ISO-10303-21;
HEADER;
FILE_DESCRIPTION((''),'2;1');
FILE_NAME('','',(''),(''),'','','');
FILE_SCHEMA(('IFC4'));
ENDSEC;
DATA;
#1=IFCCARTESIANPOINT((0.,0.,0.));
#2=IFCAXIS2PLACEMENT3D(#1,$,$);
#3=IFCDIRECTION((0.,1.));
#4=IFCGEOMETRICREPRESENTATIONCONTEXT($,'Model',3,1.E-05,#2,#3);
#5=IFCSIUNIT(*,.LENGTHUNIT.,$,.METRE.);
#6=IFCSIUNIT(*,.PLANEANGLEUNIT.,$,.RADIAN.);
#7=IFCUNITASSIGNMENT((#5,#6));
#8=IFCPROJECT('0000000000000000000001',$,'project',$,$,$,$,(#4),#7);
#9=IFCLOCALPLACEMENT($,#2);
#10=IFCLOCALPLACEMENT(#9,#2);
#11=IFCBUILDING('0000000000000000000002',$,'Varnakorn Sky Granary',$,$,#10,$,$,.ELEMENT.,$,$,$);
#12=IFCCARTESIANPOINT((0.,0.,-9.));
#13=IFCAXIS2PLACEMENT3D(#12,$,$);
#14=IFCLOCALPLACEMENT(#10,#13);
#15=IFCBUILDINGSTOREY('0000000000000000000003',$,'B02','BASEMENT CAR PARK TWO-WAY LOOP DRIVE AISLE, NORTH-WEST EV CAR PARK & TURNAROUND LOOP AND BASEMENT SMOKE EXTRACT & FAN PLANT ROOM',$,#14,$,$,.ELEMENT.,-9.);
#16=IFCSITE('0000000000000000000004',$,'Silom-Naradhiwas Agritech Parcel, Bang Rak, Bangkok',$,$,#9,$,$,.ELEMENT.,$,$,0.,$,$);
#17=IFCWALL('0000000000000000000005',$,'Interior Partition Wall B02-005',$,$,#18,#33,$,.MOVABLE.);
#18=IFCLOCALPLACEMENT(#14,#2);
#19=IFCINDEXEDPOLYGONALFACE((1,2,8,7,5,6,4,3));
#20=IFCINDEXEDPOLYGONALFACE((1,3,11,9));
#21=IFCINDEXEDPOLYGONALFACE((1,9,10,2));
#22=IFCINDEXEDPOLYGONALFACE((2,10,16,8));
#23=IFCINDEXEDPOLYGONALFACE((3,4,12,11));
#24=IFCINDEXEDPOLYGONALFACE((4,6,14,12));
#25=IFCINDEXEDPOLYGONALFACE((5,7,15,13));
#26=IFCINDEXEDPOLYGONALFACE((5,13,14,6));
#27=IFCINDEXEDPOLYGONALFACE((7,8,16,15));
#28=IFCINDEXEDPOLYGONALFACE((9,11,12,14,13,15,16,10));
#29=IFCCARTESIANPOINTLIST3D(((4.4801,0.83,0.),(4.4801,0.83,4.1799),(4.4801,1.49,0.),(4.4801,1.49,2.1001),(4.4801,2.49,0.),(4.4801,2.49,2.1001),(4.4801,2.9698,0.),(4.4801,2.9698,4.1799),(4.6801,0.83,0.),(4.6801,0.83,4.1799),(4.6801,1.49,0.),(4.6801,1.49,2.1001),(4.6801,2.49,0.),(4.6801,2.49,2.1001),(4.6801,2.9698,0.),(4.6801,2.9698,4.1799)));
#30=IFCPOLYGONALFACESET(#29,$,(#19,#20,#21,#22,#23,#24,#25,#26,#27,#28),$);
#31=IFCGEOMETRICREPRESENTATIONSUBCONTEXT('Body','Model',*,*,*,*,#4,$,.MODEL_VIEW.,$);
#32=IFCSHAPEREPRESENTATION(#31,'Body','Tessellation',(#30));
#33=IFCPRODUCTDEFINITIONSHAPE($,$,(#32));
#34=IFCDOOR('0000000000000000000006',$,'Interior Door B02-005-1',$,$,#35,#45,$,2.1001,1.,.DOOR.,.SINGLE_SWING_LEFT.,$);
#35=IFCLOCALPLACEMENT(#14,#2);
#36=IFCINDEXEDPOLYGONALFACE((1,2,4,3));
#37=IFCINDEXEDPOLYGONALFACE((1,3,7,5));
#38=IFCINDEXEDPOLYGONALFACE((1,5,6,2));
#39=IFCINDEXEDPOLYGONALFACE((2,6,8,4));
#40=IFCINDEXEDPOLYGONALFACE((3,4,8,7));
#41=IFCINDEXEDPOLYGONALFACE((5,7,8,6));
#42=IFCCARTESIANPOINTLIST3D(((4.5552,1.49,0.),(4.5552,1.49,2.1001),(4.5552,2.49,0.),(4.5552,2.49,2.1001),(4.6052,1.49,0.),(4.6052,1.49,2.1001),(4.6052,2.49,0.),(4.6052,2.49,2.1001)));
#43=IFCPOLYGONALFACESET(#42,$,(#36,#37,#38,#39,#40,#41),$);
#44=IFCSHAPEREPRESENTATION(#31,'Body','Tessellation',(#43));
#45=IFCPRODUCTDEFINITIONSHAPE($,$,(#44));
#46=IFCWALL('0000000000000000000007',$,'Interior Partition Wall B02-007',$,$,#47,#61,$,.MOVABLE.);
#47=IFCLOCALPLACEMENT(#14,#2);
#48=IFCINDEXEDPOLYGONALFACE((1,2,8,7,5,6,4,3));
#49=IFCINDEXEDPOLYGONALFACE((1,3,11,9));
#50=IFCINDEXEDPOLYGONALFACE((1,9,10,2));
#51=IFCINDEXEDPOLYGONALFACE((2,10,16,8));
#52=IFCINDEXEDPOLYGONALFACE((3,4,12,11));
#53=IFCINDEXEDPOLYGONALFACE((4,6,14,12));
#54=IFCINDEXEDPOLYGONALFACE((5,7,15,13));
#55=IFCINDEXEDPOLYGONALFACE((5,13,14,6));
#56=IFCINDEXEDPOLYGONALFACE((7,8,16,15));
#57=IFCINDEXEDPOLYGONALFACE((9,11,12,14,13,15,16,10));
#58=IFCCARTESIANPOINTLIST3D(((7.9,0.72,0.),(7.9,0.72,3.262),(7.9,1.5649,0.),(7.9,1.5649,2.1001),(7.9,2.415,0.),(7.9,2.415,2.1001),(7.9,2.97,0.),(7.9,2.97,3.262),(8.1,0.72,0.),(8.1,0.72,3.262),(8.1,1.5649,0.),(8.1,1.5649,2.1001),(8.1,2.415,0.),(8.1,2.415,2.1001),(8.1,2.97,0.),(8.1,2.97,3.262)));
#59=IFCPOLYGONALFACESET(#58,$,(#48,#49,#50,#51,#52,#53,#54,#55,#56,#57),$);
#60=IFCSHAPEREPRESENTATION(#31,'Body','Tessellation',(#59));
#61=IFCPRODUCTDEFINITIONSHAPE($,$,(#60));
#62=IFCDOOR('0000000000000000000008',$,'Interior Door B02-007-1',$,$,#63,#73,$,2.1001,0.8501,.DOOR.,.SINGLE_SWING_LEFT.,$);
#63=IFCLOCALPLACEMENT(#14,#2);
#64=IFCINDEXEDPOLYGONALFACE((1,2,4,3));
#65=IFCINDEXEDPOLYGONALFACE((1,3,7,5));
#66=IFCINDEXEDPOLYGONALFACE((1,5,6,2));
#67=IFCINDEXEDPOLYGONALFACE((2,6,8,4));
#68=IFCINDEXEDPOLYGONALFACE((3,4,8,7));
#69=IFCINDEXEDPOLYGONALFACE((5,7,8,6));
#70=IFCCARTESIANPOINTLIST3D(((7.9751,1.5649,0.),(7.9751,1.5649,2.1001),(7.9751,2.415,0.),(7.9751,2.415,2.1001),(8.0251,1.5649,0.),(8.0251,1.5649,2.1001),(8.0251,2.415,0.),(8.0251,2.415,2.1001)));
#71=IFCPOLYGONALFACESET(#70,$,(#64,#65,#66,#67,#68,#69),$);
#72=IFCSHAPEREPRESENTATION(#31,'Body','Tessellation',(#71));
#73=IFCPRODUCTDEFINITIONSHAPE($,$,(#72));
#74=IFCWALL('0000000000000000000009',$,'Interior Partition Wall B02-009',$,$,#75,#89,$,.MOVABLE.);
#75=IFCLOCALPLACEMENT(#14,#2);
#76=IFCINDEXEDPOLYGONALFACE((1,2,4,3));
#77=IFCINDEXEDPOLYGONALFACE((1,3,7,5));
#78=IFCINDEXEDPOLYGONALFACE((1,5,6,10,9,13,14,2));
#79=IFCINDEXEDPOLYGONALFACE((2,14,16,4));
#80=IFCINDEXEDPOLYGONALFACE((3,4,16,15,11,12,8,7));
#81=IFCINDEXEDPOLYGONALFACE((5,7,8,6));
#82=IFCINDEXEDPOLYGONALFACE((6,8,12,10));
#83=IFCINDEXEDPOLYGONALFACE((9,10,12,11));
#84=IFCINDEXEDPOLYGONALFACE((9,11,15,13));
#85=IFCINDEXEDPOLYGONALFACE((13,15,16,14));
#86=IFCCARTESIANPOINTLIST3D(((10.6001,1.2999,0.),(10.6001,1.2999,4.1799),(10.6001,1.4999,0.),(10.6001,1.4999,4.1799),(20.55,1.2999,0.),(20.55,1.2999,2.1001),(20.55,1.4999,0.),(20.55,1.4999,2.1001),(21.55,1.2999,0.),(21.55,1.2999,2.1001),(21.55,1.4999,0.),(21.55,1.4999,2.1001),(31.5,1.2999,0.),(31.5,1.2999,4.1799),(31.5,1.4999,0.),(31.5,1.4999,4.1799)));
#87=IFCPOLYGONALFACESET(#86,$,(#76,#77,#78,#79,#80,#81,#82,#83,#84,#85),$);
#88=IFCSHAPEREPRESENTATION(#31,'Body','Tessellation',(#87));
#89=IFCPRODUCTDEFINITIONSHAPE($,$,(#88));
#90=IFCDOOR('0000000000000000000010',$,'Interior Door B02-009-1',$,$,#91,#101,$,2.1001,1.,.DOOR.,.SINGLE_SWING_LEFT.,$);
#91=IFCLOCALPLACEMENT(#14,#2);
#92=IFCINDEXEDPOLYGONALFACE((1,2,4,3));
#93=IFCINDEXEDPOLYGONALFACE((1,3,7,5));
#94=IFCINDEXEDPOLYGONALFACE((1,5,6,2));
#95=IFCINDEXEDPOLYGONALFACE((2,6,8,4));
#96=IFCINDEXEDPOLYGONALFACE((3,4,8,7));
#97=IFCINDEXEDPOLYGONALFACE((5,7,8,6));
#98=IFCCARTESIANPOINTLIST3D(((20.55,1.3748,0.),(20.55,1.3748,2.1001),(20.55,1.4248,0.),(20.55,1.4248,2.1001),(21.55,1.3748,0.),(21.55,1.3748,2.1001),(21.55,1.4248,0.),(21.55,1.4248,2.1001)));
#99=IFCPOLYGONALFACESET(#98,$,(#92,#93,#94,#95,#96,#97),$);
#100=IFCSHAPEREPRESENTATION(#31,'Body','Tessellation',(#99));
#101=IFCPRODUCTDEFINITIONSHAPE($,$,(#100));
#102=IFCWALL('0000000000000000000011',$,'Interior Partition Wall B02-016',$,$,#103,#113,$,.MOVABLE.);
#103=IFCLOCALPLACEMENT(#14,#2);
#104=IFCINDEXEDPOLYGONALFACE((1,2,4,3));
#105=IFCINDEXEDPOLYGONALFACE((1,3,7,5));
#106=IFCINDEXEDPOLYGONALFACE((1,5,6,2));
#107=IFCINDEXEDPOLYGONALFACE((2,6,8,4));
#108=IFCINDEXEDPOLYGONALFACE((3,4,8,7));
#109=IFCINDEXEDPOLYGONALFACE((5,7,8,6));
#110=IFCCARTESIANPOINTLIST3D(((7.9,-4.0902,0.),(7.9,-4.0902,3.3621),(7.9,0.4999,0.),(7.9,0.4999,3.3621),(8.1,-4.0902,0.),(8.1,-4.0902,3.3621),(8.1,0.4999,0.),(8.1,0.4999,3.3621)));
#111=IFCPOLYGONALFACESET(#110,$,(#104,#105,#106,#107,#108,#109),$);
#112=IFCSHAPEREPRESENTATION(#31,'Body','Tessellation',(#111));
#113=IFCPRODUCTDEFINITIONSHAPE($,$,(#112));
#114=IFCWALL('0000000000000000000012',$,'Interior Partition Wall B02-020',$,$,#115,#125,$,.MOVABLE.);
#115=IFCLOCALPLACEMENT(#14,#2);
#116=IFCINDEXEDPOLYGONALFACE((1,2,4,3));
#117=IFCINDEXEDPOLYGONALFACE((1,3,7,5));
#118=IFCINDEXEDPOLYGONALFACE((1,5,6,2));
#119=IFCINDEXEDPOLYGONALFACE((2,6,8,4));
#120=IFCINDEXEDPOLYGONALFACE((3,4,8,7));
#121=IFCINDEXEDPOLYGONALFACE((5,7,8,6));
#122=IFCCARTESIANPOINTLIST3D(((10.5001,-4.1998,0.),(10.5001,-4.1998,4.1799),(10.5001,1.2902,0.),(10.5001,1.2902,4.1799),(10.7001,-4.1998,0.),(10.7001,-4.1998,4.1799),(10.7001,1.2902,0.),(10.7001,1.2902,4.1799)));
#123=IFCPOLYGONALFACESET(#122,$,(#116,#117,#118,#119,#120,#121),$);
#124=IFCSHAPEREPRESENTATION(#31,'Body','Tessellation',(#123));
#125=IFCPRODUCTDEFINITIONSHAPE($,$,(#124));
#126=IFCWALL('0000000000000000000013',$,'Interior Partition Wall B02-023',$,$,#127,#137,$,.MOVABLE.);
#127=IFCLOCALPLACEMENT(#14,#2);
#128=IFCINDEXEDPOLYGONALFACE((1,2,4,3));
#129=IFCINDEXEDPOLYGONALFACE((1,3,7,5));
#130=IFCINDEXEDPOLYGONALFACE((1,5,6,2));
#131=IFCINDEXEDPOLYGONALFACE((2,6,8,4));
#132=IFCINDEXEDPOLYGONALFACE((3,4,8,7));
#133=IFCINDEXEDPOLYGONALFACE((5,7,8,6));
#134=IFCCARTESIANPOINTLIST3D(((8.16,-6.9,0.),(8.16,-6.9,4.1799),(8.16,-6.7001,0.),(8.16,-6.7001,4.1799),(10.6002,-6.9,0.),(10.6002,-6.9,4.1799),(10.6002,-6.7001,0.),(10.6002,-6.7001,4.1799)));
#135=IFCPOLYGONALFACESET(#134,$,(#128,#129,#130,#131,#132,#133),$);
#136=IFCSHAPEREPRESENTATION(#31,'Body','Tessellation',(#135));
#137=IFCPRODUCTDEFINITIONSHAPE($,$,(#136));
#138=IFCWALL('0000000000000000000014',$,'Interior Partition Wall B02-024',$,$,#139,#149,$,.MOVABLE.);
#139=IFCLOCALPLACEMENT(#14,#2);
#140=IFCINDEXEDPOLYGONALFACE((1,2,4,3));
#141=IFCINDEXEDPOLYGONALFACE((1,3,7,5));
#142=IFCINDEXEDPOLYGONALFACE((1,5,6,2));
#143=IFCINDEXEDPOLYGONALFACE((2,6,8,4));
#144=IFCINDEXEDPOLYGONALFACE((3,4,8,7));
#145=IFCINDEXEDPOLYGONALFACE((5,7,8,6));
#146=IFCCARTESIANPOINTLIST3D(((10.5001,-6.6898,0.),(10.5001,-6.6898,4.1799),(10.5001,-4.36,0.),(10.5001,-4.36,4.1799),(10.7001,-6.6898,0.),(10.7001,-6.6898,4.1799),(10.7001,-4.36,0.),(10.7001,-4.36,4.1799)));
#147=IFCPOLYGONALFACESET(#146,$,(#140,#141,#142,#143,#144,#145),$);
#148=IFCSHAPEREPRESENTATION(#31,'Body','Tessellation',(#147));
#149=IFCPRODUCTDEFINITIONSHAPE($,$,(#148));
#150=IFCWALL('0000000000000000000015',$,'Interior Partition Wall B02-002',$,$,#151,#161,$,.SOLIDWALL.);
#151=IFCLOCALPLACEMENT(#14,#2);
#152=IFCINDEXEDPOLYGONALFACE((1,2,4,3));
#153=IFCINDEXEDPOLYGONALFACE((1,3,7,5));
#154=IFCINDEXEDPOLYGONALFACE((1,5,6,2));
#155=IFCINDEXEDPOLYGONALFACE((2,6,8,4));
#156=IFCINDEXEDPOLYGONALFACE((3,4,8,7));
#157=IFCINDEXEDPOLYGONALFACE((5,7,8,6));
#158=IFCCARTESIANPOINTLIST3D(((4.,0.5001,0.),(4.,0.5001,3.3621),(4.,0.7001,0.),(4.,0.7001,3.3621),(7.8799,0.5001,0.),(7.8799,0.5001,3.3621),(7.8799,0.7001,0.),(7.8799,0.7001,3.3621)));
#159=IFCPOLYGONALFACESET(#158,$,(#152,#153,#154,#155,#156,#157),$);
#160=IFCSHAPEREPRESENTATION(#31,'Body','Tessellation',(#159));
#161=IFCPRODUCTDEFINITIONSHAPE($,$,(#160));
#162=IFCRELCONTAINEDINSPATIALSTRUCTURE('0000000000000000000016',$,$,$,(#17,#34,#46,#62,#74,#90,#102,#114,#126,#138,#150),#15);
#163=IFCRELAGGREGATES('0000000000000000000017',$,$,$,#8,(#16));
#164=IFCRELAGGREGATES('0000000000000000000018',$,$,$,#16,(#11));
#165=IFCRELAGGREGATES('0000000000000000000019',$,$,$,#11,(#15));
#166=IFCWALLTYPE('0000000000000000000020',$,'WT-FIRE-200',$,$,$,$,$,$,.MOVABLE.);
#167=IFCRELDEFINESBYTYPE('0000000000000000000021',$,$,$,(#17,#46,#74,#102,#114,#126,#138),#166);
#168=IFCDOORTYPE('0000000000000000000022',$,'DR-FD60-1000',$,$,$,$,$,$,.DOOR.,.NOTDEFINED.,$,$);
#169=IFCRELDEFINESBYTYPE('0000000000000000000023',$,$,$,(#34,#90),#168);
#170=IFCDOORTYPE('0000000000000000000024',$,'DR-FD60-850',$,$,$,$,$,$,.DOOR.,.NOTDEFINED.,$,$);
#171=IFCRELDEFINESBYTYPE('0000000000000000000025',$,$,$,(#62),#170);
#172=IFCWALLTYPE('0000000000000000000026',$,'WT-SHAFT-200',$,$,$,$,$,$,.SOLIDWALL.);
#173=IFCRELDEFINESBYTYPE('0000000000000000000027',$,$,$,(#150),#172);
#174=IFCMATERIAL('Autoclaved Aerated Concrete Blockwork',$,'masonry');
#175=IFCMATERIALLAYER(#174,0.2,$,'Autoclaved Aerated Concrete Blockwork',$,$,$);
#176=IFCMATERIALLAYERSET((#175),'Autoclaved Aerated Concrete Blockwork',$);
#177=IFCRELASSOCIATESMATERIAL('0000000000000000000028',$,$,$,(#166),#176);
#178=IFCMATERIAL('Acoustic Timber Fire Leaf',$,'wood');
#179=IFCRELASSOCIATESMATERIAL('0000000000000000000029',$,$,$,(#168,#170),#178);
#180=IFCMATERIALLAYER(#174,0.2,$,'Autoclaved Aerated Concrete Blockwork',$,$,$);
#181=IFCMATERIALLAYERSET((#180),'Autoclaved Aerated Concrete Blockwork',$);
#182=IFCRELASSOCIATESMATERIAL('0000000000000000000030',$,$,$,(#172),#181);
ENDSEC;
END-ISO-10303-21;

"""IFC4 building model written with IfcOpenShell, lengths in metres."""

from ifc_helpers import new_model, si_unit, direction, frame, frame_2d, origin, place, context, subcontext, project, spatial, rectangle, extrude, material, layer, layer_set, type_object, element, fill, save


model = new_model("IFC4")

# Units and contexts
model_context = context("Model", 3, precision=1e-05, world=origin(), true_north=direction((0.0, 1.0)))
body_context = subcontext(model_context, "Body", "Model", "MODEL_VIEW")
ifc_project = project(units=[si_unit("LENGTHUNIT", "METRE"), si_unit("PLANEANGLEUNIT", "RADIAN")], contexts=[model_context])

# Site, building, storey
site_placement = place(None, origin())
site = spatial("IfcSite", under=ifc_project, at=site_placement, Name="Silom-Naradhiwas Agritech Parcel, Bang Rak, Bangkok", CompositionType="ELEMENT", RefElevation=0.0)
building_placement = place(site_placement, origin())
building = spatial("IfcBuilding", under=site, at=building_placement, Name="Varnakorn Sky Granary", CompositionType="ELEMENT")
storey_placement = place(building_placement, frame((0.0, 0.0, -9.0)))
storey = spatial("IfcBuildingStorey", under=building, at=storey_placement, Name="B02", Description="BASEMENT CAR PARK TWO-WAY LOOP DRIVE AISLE, NORTH-WEST EV CAR PARK & TURNAROUND LOOP AND BASEMENT SMOKE EXTRACT & FAN PLANT ROOM", CompositionType="ELEMENT", Elevation=-9.0)

# Walls, openings, doors
ifc_material_1 = material(Name="Autoclaved Aerated Concrete Blockwork", Category="masonry")
ifc_layer_1 = layer(ifc_material_1, 0.2, Name="Autoclaved Aerated Concrete Blockwork")
ifc_layer_set_1 = layer_set([ifc_layer_1], Name="Autoclaved Aerated Concrete Blockwork")
wall_type_1 = type_object("IfcWallType", Name="WT-FIRE-200", PredefinedType="MOVABLE", material=ifc_layer_set_1)
wall_1_placement = place(storey_placement, frame((4.5801, 0.8301, 0.0), z_axis=(0.0, 0.0, 1.0), x_axis=(0.0, 1.0, 0.0)))
wall_1 = element("IfcWall", 1, at=wall_1_placement, inside=storey, type_object=wall_type_1, Name="Interior Partition Wall B02-005", PredefinedType="MOVABLE", context=body_context, shape_type="SweptSolid", body=[
    extrude(rectangle(XDim=2.1399, YDim=0.2, at=frame_2d((1.0698, 0.0))), origin(), (0.0, 0.0, 1.0), 4.1799),
])
opening_1_placement = place(wall_1_placement, frame((0.6599, 0.0, 0.0)))
opening_1 = element("IfcOpeningElement", 2, at=opening_1_placement, cuts=wall_1, PredefinedType="OPENING", context=body_context, shape_type="SweptSolid", body=[
    extrude(rectangle(XDim=1.0, YDim=2.1001, at=frame_2d((0.5, 1.05))), frame((0.0, 0.1099, 0.0), z_axis=(0.0, -1.0, 0.0), x_axis=(1.0, 0.0, 0.0)), (0.0, 0.0, 1.0), 0.22),
])
ifc_material_2 = material(Name="Acoustic Timber Fire Leaf", Category="wood")
door_type_1 = type_object("IfcDoorType", Name="DR-FD60-1000", OperationType="NOTDEFINED", PredefinedType="DOOR", material=ifc_material_2)
door_1_placement = place(opening_1_placement, origin())
door_1 = element("IfcDoor", 3, at=door_1_placement, inside=storey, type_object=door_type_1, Name="Interior Door B02-005-1", OperationType="SINGLE_SWING_LEFT", OverallHeight=2.1001, OverallWidth=1.0, PredefinedType="DOOR", context=body_context, shape_type="SweptSolid", body=[
    extrude(rectangle(XDim=1.0, YDim=2.1001, at=frame_2d((0.5, 1.05))), frame((0.0, 0.0249, 0.0), z_axis=(0.0, -1.0, 0.0), x_axis=(1.0, 0.0, 0.0)), (0.0, 0.0, 1.0), 0.05),
])
fill(opening_1, door_1)
wall_2_placement = place(storey_placement, frame((8.0, 0.72, 0.0), z_axis=(0.0, 0.0, 1.0), x_axis=(0.0, 1.0, 0.0)))
wall_2 = element("IfcWall", 4, at=wall_2_placement, inside=storey, type_object=wall_type_1, Name="Interior Partition Wall B02-007", PredefinedType="MOVABLE", context=body_context, shape_type="SweptSolid", body=[
    extrude(rectangle(XDim=2.25, YDim=0.2, at=frame_2d((1.125, 0.0))), origin(), (0.0, 0.0, 1.0), 3.262),
])
opening_2_placement = place(wall_2_placement, frame((0.845, 0.0, 0.0)))
opening_2 = element("IfcOpeningElement", 5, at=opening_2_placement, cuts=wall_2, PredefinedType="OPENING", context=body_context, shape_type="SweptSolid", body=[
    extrude(rectangle(XDim=0.8501, YDim=2.1001, at=frame_2d((0.425, 1.05))), frame((0.0, 0.1099, 0.0), z_axis=(0.0, -1.0, 0.0), x_axis=(1.0, 0.0, 0.0)), (0.0, 0.0, 1.0), 0.22),
])
door_type_2 = type_object("IfcDoorType", Name="DR-FD60-850", OperationType="NOTDEFINED", PredefinedType="DOOR", material=ifc_material_2)
door_2_placement = place(opening_2_placement, origin())
door_2 = element("IfcDoor", 6, at=door_2_placement, inside=storey, type_object=door_type_2, Name="Interior Door B02-007-1", OperationType="SINGLE_SWING_LEFT", OverallHeight=2.1001, OverallWidth=0.8501, PredefinedType="DOOR", context=body_context, shape_type="SweptSolid", body=[
    extrude(rectangle(XDim=0.8501, YDim=2.1001, at=frame_2d((0.425, 1.05))), frame((0.0, 0.0249, 0.0), z_axis=(0.0, -1.0, 0.0), x_axis=(1.0, 0.0, 0.0)), (0.0, 0.0, 1.0), 0.05),
])
fill(opening_2, door_2)
wall_3_placement = place(storey_placement, frame((10.6001, 1.3999, 0.0), z_axis=(0.0, 0.0, 1.0), x_axis=(1.0, 0.0, 0.0)))
wall_3 = element("IfcWall", 7, at=wall_3_placement, inside=storey, type_object=wall_type_1, Name="Interior Partition Wall B02-009", PredefinedType="MOVABLE", context=body_context, shape_type="SweptSolid", body=[
    extrude(rectangle(XDim=20.8999, YDim=0.2, at=frame_2d((10.45, 0.0))), origin(), (0.0, 0.0, 1.0), 4.1799),
])
opening_3_placement = place(wall_3_placement, frame((9.95, 0.0, 0.0)))
opening_3 = element("IfcOpeningElement", 8, at=opening_3_placement, cuts=wall_3, PredefinedType="OPENING", context=body_context, shape_type="SweptSolid", body=[
    extrude(rectangle(XDim=1.0, YDim=2.1001, at=frame_2d((0.5, 1.05))), frame((0.0, 0.1099, 0.0), z_axis=(0.0, -1.0, 0.0), x_axis=(1.0, 0.0, 0.0)), (0.0, 0.0, 1.0), 0.22),
])
door_3_placement = place(opening_3_placement, origin())
door_3 = element("IfcDoor", 9, at=door_3_placement, inside=storey, type_object=door_type_1, Name="Interior Door B02-009-1", OperationType="SINGLE_SWING_LEFT", OverallHeight=2.1001, OverallWidth=1.0, PredefinedType="DOOR", context=body_context, shape_type="SweptSolid", body=[
    extrude(rectangle(XDim=1.0, YDim=2.1001, at=frame_2d((0.5, 1.05))), frame((0.0, 0.0249, 0.0), z_axis=(0.0, -1.0, 0.0), x_axis=(1.0, 0.0, 0.0)), (0.0, 0.0, 1.0), 0.05),
])
fill(opening_3, door_3)

# Walls
wall_4_placement = place(storey_placement, frame((8.0, -4.0901, 0.0), z_axis=(0.0, 0.0, 1.0), x_axis=(0.0, 1.0, 0.0)))
element("IfcWall", 10, at=wall_4_placement, inside=storey, type_object=wall_type_1, Name="Interior Partition Wall B02-016", PredefinedType="MOVABLE", context=body_context, shape_type="SweptSolid", body=[
    extrude(rectangle(XDim=4.5901, YDim=0.2, at=frame_2d((2.2949, 0.0))), origin(), (0.0, 0.0, 1.0), 3.3621),
])
wall_5_placement = place(storey_placement, frame((10.6001, -4.2, 0.0), z_axis=(0.0, 0.0, 1.0), x_axis=(0.0, 1.0, 0.0)))
element("IfcWall", 11, at=wall_5_placement, inside=storey, type_object=wall_type_1, Name="Interior Partition Wall B02-020", PredefinedType="MOVABLE", context=body_context, shape_type="SweptSolid", body=[
    extrude(rectangle(XDim=5.49, YDim=0.2, at=frame_2d((2.7451, 0.0))), origin(), (0.0, 0.0, 1.0), 4.1799),
])
wall_6_placement = place(storey_placement, frame((8.1599, -6.8, 0.0), z_axis=(0.0, 0.0, 1.0), x_axis=(1.0, 0.0, 0.0)))
element("IfcWall", 12, at=wall_6_placement, inside=storey, type_object=wall_type_1, Name="Interior Partition Wall B02-023", PredefinedType="MOVABLE", context=body_context, shape_type="SweptSolid", body=[
    extrude(rectangle(XDim=2.4402, YDim=0.2, at=frame_2d((1.2202, 0.0))), origin(), (0.0, 0.0, 1.0), 4.1799),
])
wall_7_placement = place(storey_placement, frame((10.6001, -6.6899, 0.0), z_axis=(0.0, 0.0, 1.0), x_axis=(0.0, 1.0, 0.0)))
element("IfcWall", 13, at=wall_7_placement, inside=storey, type_object=wall_type_1, Name="Interior Partition Wall B02-024", PredefinedType="MOVABLE", context=body_context, shape_type="SweptSolid", body=[
    extrude(rectangle(XDim=2.3298, YDim=0.2, at=frame_2d((1.165, 0.0))), origin(), (0.0, 0.0, 1.0), 4.1799),
])
ifc_layer_2 = layer(ifc_material_1, 0.2, Name="Autoclaved Aerated Concrete Blockwork")
ifc_layer_set_2 = layer_set([ifc_layer_2], Name="Autoclaved Aerated Concrete Blockwork")
wall_type_2 = type_object("IfcWallType", Name="WT-SHAFT-200", PredefinedType="SOLIDWALL", material=ifc_layer_set_2)
wall_8_placement = place(storey_placement, frame((4.0, 0.6001, 0.0), z_axis=(0.0, 0.0, 1.0), x_axis=(1.0, 0.0, 0.0)))
element("IfcWall", 14, at=wall_8_placement, inside=storey, type_object=wall_type_2, Name="Interior Partition Wall B02-002", PredefinedType="SOLIDWALL", context=body_context, shape_type="SweptSolid", body=[
    extrude(rectangle(XDim=3.8799, YDim=0.2, at=frame_2d((1.9399, 0.0))), origin(), (0.0, 0.0, 1.0), 3.3621),
])

save(model, "model.ifc")
